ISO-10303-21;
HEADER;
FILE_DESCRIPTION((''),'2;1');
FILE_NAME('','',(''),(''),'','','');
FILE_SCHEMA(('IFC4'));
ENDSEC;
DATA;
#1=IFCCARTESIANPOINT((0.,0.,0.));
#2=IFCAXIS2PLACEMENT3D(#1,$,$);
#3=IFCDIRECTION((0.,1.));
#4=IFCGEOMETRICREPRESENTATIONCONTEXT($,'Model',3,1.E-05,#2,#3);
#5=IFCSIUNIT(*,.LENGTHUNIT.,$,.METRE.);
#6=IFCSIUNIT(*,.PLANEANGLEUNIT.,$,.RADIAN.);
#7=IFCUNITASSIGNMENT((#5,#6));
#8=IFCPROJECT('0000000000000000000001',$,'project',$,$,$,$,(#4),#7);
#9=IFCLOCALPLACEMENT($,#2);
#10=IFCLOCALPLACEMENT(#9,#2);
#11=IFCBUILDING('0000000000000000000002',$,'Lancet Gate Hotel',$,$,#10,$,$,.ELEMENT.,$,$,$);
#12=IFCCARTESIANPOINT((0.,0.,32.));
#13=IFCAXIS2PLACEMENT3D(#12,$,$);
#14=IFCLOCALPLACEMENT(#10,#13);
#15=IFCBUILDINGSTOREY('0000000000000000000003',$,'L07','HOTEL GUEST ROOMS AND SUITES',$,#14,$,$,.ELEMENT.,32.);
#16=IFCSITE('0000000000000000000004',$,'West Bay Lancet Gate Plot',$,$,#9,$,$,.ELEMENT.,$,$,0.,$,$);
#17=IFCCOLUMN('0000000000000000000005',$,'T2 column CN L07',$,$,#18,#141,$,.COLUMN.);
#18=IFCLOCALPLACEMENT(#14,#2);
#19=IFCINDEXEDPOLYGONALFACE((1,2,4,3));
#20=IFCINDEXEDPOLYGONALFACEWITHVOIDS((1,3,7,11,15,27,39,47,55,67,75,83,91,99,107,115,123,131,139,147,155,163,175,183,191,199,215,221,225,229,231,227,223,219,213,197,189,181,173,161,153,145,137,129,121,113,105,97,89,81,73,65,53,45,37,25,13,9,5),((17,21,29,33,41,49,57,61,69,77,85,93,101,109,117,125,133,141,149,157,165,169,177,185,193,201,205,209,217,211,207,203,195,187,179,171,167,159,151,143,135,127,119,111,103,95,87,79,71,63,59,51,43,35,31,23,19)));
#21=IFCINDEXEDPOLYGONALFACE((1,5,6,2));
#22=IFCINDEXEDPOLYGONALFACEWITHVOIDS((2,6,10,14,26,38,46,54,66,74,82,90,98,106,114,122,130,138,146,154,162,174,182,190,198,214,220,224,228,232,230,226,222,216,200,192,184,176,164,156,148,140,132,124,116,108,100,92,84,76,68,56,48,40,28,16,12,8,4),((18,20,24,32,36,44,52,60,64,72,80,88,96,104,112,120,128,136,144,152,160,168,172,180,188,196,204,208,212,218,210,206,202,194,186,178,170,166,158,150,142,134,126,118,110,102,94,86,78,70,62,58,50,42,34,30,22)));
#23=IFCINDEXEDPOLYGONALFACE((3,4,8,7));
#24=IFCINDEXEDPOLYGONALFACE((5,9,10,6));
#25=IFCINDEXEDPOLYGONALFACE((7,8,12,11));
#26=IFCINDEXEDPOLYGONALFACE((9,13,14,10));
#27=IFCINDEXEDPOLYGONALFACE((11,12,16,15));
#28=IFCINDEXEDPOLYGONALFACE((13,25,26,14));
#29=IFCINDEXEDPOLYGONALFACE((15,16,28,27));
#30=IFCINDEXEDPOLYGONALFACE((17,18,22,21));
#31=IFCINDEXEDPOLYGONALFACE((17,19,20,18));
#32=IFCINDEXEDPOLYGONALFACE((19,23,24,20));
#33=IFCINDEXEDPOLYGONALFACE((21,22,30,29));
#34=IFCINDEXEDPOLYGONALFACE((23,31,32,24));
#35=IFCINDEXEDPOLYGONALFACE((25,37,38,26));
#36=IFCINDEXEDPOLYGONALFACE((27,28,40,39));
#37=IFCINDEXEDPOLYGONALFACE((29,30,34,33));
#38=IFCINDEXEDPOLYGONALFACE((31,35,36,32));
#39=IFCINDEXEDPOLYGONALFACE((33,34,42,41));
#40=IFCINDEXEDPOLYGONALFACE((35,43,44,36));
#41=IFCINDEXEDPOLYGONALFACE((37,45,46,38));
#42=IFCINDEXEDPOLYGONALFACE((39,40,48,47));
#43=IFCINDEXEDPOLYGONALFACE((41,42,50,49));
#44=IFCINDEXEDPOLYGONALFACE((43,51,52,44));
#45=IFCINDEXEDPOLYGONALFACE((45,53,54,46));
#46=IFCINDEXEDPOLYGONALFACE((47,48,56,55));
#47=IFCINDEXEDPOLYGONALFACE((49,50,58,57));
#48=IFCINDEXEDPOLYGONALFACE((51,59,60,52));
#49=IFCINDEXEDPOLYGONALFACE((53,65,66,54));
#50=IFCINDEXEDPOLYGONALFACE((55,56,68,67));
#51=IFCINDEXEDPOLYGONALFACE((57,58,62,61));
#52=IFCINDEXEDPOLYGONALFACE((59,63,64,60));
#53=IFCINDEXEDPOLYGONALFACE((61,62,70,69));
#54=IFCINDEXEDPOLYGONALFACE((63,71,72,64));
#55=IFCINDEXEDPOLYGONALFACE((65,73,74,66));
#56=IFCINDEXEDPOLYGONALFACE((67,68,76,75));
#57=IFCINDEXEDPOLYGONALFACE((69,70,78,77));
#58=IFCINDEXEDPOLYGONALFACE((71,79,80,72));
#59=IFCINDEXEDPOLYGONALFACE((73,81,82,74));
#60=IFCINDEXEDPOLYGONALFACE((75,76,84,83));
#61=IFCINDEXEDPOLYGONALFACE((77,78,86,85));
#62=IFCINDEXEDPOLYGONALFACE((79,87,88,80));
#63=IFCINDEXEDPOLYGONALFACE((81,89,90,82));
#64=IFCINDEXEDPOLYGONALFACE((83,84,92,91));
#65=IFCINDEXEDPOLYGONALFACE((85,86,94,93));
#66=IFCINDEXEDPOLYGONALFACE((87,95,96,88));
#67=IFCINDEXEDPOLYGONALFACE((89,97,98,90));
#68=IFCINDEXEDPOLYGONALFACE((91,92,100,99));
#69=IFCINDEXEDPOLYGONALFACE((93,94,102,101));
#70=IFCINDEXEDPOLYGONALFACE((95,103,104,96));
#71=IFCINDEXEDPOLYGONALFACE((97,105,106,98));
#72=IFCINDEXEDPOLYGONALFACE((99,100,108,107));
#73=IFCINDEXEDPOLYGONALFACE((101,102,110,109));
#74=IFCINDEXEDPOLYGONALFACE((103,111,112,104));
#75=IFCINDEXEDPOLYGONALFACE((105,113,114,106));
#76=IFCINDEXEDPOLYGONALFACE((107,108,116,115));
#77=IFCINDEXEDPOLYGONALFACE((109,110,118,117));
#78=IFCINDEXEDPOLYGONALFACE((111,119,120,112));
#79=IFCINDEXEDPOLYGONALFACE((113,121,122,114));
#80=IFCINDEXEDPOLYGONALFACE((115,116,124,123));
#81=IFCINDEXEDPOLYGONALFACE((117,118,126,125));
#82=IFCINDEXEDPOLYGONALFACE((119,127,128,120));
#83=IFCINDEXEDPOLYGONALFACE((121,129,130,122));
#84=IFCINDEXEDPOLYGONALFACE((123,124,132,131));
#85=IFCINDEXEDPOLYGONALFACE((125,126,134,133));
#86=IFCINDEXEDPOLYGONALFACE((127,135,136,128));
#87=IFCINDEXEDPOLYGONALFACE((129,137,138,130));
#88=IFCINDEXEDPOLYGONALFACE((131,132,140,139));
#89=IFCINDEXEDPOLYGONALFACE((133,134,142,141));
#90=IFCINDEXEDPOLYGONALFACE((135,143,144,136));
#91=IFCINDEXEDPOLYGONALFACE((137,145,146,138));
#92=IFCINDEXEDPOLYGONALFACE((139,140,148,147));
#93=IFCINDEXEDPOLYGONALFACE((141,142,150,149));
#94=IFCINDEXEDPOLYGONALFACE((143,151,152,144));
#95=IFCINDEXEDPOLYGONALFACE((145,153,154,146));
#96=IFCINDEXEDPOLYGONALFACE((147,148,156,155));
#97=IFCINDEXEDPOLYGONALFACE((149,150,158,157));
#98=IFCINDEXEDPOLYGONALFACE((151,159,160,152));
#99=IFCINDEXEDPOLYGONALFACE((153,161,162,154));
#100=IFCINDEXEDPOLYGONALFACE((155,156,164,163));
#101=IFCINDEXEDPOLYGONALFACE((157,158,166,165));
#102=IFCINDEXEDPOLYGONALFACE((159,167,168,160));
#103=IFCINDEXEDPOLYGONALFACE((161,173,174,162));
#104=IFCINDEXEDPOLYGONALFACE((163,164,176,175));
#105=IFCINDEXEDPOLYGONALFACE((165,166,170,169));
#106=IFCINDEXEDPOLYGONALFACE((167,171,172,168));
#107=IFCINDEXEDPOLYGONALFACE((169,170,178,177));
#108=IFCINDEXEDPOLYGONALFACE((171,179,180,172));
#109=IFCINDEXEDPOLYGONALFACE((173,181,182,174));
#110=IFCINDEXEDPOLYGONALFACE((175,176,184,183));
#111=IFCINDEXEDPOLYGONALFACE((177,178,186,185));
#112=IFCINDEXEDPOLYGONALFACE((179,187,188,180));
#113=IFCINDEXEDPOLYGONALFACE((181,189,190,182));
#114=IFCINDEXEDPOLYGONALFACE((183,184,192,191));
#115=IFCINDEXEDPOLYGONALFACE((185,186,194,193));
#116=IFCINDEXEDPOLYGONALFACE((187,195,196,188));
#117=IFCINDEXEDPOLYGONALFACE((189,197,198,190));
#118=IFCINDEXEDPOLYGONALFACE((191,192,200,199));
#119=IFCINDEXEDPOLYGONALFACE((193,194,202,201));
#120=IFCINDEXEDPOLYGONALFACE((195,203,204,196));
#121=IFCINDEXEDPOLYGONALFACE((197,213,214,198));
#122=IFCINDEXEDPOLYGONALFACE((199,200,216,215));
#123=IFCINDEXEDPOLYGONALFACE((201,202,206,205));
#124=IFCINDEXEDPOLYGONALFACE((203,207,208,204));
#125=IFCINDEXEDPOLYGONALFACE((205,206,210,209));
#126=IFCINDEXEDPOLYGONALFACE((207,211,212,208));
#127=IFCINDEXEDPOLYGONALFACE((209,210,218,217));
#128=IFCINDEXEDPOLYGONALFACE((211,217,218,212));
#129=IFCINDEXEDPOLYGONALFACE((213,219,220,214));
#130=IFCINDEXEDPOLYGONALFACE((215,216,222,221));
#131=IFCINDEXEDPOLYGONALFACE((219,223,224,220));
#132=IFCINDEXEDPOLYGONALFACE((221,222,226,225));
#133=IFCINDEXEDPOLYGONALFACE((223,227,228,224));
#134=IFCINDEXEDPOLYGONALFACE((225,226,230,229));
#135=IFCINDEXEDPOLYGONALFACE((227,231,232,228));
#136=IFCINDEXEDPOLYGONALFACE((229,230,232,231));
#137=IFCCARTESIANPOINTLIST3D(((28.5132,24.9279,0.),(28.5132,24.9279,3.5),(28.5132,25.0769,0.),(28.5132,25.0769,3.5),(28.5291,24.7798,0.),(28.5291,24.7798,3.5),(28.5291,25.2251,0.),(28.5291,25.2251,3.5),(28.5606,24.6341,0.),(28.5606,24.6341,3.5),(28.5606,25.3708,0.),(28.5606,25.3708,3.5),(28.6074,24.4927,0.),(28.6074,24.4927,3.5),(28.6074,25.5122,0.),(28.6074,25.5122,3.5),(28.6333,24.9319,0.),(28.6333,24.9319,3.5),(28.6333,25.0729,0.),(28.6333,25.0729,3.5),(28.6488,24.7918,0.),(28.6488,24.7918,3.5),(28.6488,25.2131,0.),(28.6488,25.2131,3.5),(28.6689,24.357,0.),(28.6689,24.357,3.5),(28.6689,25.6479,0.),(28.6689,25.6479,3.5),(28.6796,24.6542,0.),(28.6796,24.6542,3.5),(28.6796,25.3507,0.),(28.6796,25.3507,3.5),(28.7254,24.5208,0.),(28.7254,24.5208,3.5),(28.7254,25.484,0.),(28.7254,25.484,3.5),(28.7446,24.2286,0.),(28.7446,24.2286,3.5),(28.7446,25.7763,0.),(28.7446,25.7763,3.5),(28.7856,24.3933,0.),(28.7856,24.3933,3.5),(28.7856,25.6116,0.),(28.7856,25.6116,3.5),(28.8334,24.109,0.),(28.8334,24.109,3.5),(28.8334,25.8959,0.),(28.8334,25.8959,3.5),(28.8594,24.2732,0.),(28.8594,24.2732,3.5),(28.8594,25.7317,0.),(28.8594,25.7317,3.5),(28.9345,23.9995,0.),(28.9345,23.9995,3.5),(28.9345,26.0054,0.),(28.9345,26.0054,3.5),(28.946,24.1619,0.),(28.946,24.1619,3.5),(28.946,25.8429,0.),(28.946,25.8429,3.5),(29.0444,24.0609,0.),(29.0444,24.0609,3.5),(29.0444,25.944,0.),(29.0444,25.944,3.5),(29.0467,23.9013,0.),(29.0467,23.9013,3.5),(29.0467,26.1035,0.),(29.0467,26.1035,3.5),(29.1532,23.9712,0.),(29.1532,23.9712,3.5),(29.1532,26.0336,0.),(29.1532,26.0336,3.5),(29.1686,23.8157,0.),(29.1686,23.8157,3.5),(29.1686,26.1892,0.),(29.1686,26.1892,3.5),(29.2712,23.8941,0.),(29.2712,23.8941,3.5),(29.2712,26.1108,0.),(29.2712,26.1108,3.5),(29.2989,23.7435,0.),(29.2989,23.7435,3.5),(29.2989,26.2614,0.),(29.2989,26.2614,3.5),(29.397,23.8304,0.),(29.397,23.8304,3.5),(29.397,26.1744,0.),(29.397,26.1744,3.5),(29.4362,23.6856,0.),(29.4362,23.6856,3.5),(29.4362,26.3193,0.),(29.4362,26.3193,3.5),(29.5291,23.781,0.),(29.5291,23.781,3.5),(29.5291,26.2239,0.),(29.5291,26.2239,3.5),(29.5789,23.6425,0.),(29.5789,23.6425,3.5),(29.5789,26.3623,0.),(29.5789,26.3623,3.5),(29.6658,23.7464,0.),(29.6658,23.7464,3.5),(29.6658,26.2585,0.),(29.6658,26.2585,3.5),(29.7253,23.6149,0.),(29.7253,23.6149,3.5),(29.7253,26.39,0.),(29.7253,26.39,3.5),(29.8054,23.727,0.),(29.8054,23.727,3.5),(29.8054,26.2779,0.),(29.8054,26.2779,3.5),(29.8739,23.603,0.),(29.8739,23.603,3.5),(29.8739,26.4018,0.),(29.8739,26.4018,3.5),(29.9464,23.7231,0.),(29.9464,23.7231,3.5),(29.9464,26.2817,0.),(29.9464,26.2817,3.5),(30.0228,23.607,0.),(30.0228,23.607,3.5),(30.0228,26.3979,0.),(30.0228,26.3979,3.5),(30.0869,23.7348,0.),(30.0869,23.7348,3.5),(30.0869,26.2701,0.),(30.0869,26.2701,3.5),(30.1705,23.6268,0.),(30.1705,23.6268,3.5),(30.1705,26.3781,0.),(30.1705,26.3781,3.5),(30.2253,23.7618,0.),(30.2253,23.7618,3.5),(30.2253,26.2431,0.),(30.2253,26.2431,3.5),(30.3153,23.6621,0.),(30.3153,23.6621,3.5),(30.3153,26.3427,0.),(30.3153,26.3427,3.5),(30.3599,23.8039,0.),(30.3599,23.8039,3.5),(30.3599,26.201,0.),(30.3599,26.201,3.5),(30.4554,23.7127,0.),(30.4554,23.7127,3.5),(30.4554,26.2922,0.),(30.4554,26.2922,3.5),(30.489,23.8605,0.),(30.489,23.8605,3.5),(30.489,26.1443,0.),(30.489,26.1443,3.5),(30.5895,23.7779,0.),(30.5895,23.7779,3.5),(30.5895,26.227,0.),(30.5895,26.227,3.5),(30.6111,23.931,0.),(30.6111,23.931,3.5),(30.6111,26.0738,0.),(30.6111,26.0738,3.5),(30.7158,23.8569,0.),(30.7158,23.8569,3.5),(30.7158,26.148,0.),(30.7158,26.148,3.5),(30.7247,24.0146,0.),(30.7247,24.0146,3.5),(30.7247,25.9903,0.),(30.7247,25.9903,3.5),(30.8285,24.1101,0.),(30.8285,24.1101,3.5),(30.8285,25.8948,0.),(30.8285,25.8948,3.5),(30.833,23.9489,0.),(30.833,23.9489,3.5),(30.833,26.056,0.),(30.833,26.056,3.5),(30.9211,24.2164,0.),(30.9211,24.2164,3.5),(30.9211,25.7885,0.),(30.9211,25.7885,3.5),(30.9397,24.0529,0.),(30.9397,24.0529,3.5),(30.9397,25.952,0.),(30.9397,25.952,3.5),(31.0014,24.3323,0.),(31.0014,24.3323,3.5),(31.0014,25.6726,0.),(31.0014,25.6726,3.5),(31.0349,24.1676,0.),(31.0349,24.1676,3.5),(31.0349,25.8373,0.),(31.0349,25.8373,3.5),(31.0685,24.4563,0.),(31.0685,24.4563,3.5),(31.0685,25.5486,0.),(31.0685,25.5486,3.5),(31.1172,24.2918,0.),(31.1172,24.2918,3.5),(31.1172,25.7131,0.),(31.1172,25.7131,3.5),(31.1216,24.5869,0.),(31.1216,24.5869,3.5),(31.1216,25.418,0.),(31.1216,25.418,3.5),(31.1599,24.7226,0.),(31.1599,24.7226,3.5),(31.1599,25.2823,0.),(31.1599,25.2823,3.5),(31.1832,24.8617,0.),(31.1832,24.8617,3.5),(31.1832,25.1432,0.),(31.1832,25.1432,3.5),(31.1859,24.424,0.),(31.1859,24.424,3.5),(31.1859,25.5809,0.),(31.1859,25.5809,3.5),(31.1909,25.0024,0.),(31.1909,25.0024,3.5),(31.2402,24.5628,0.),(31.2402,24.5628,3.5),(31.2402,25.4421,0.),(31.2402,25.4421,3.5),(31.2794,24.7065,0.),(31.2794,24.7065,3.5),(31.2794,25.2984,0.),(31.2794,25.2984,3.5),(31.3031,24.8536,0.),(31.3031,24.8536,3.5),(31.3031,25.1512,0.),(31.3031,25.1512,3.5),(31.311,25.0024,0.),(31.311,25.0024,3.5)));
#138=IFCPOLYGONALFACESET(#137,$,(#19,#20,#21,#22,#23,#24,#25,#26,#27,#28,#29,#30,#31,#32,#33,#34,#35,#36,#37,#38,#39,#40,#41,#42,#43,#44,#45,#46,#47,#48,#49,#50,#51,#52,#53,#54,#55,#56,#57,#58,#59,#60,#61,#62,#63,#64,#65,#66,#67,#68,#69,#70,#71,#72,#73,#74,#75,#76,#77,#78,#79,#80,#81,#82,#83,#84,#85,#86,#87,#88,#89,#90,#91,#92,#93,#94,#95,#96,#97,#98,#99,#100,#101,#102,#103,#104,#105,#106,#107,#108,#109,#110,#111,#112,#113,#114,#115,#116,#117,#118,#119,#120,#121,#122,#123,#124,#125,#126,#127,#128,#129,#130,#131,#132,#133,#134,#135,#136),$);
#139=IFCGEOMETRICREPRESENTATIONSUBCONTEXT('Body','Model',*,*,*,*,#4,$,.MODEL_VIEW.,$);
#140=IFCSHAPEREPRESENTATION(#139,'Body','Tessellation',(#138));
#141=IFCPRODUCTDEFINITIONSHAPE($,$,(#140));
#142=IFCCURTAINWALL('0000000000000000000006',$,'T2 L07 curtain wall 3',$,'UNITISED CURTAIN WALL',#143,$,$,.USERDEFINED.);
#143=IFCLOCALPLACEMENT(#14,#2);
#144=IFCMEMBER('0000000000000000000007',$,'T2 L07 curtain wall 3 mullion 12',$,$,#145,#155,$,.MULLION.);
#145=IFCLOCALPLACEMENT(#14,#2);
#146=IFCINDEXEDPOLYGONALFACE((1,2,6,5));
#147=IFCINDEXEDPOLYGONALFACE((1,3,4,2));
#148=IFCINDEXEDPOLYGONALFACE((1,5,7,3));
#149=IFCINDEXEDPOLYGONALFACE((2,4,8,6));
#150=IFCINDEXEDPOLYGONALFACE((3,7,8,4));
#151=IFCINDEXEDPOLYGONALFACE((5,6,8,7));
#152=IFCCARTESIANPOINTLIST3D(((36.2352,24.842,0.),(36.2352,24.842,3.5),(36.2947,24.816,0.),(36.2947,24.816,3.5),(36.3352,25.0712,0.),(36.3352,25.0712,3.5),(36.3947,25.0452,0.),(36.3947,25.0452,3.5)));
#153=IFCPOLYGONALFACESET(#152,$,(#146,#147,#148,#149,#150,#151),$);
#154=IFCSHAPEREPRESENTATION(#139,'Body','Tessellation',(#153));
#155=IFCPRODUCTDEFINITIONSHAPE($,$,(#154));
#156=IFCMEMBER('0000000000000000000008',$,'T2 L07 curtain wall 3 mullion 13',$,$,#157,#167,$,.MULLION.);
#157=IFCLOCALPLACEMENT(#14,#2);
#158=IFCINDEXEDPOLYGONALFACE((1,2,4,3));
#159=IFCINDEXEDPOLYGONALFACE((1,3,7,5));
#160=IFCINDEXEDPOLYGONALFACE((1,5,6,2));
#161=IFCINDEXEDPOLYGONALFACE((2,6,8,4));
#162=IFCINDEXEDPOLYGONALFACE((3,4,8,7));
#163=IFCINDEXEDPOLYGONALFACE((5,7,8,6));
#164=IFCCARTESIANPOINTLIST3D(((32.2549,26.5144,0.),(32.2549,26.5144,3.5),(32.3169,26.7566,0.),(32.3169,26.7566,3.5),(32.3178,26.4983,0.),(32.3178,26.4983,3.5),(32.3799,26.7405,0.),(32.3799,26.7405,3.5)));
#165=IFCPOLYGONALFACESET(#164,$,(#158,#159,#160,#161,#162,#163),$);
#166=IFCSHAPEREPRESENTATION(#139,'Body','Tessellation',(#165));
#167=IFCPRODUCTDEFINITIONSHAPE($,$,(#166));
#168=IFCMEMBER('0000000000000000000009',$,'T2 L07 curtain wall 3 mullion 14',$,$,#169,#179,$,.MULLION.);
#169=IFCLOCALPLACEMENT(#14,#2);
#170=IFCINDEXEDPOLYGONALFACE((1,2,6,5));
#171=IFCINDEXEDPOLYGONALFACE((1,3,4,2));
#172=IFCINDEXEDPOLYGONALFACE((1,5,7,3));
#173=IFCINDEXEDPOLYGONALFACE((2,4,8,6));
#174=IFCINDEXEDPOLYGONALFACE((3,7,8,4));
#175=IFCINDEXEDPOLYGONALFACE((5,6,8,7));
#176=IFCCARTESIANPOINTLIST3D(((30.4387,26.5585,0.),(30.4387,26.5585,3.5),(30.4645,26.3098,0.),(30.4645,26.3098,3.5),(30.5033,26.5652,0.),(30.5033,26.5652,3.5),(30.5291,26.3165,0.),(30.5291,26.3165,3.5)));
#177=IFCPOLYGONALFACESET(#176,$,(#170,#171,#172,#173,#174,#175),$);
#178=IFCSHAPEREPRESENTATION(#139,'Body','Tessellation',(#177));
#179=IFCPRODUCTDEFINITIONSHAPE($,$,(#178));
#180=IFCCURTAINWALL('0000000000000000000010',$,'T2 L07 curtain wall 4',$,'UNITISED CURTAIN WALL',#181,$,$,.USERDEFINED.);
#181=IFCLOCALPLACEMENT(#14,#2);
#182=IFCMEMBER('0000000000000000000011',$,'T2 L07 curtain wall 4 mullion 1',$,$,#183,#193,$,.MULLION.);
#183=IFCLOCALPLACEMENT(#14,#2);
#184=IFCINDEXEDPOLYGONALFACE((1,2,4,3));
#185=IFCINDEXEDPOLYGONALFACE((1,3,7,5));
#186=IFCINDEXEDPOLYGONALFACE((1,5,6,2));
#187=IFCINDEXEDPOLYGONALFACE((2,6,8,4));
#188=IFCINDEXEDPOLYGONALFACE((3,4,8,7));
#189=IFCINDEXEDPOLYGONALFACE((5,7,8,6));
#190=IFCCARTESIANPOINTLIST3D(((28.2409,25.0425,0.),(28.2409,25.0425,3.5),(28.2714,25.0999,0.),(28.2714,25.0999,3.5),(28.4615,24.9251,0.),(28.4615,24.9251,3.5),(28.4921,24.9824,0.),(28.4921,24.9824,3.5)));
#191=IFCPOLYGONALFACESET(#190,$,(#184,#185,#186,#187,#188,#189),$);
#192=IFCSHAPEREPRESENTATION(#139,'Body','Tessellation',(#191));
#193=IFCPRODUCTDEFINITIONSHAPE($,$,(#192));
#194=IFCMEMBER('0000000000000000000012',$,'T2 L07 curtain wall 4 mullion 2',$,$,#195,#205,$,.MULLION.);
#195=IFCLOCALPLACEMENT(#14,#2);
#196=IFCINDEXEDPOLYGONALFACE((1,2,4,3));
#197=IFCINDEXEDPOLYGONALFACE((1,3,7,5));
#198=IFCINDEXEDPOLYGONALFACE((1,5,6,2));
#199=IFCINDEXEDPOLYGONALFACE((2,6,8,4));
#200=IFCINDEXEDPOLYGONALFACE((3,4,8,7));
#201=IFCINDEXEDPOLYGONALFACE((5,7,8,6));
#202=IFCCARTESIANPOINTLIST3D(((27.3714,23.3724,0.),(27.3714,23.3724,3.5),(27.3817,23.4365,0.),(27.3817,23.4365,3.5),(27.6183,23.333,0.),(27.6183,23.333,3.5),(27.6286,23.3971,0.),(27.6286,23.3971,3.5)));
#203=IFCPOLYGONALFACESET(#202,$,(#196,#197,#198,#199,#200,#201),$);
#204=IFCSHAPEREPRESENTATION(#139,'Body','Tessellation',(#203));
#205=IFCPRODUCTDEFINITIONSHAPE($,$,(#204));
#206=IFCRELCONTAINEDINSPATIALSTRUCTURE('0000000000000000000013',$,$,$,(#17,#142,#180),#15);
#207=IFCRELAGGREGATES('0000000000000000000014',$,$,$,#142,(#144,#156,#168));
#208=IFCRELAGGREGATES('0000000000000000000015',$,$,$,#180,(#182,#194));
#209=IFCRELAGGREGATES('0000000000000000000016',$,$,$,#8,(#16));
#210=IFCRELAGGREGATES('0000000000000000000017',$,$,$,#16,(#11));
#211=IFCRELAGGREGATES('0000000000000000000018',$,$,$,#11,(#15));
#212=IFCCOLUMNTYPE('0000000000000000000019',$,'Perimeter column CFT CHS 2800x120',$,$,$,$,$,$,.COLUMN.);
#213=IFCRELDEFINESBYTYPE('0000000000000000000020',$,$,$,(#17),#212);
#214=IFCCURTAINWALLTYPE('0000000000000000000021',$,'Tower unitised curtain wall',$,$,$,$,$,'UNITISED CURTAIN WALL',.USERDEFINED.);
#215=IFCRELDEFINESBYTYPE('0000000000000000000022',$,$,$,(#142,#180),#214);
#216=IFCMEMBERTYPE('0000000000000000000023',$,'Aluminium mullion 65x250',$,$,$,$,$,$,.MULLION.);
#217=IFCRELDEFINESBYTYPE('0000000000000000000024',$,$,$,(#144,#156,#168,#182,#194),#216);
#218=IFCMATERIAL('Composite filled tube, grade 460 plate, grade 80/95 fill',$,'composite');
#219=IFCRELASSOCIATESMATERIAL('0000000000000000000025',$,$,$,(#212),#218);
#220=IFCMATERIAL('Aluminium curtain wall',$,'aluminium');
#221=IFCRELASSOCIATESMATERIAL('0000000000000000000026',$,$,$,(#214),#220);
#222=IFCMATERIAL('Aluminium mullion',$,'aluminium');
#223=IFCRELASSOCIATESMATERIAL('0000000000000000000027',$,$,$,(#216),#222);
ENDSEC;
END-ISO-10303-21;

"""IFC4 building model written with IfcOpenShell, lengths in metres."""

from ifc_helpers import new_model, si_unit, direction, frame, origin, origin_2d, place, context, subcontext, project, spatial, rectangle, hollow_circle, extrude, material, material_profile, profile_set, type_object, element, aggregate, save


model = new_model("IFC4")

# Units and contexts
model_context = context("Model", 3, precision=1e-05, world=origin(), true_north=direction((0.0, 1.0)))
body_context = subcontext(model_context, "Body", "Model", "MODEL_VIEW")
ifc_project = project(units=[si_unit("LENGTHUNIT", "METRE"), si_unit("PLANEANGLEUNIT", "RADIAN")], contexts=[model_context])

# Site, building, storey
site_placement = place(None, origin())
site = spatial("IfcSite", under=ifc_project, at=site_placement, Name="West Bay Lancet Gate Plot", CompositionType="ELEMENT", RefElevation=0.0)
building_placement = place(site_placement, origin())
building = spatial("IfcBuilding", under=site, at=building_placement, Name="Lancet Gate Hotel", CompositionType="ELEMENT")
storey_placement = place(building_placement, frame((0.0, 0.0, 32.0)))
storey = spatial("IfcBuildingStorey", under=building, at=storey_placement, Name="L07", Description="HOTEL GUEST ROOMS AND SUITES", CompositionType="ELEMENT", Elevation=32.0)

# Column
ifc_material_1 = material(Name="Composite filled tube, grade 460 plate, grade 80/95 fill", Category="composite")
ifc_material_profile_1 = material_profile(ifc_material_1, hollow_circle(Radius=1.3999, WallThickness=0.1201, at=origin_2d()), Name="CHS 2800x120")
ifc_profile_set_1 = profile_set([ifc_material_profile_1], Name="Composite filled tube, grade 460 plate, grade 80/95 fill")
column_type = type_object("IfcColumnType", Name="Perimeter column CFT CHS 2800x120", PredefinedType="COLUMN", material=ifc_profile_set_1)
column_placement = place(storey_placement, frame((29.9111, 25.0024, 0.0), z_axis=(0.0, 0.0, 1.0), x_axis=(1.0, 0.0, 0.0)))
element("IfcColumn", 1, at=column_placement, inside=storey, type_object=column_type, Name="T2 column CN L07", PredefinedType="COLUMN", context=body_context, shape_type="SweptSolid", body=[
    extrude(hollow_circle(Radius=1.3999, WallThickness=0.1201, at=origin_2d()), origin(), (0.0, 0.0, 1.0), 3.5),
])

# Curtain walls, members
ifc_material_2 = material(Name="Aluminium curtain wall", Category="aluminium")
curtain_wall_type = type_object("IfcCurtainWallType", Name="Tower unitised curtain wall", ElementType="UNITISED CURTAIN WALL", PredefinedType="USERDEFINED", material=ifc_material_2)
curtain_wall_1_placement = place(storey_placement, origin())
curtain_wall_1 = element("IfcCurtainWall", 2, at=curtain_wall_1_placement, inside=storey, type_object=curtain_wall_type, Name="T2 L07 curtain wall 3", ObjectType="UNITISED CURTAIN WALL", PredefinedType="USERDEFINED")
ifc_material_3 = material(Name="Aluminium mullion", Category="aluminium")
ifc_material_profile_2 = material_profile(ifc_material_3, rectangle(XDim=0.0649, YDim=0.25, at=origin_2d()), Name="MULLION 65x250")
ifc_profile_set_2 = profile_set([ifc_material_profile_2], Name="Aluminium mullion")
member_type_1 = type_object("IfcMemberType", Name="Aluminium mullion 65x250", PredefinedType="MULLION", material=ifc_profile_set_2)
member_1_placement = place(storey_placement, frame((36.3149, 24.9436, 0.0), z_axis=(0.0, 0.0, 1.0), x_axis=(-0.916579, 0.399854, 0.0)))
member_1 = element("IfcMember", 3, at=member_1_placement, type_object=member_type_1, Name="T2 L07 curtain wall 3 mullion 12", PredefinedType="MULLION", context=body_context, shape_type="SweptSolid", body=[
    extrude(rectangle(XDim=0.0649, YDim=0.25, at=origin_2d()), origin(), (0.0, 0.0, 1.0), 3.5),
])
member_2_placement = place(storey_placement, frame((32.3174, 26.6274, 0.0), z_axis=(0.0, 0.0, 1.0), x_axis=(-0.968721, 0.24815, 0.0)))
member_2 = element("IfcMember", 4, at=member_2_placement, type_object=member_type_1, Name="T2 L07 curtain wall 3 mullion 13", PredefinedType="MULLION", context=body_context, shape_type="SweptSolid", body=[
    extrude(rectangle(XDim=0.0649, YDim=0.25, at=origin_2d()), origin(), (0.0, 0.0, 1.0), 3.5),
])
member_3_placement = place(storey_placement, frame((30.4839, 26.4375, 0.0), z_axis=(0.0, 0.0, 1.0), x_axis=(-0.994672, -0.103088, 0.0)))
member_3 = element("IfcMember", 5, at=member_3_placement, type_object=member_type_1, Name="T2 L07 curtain wall 3 mullion 14", PredefinedType="MULLION", context=body_context, shape_type="SweptSolid", body=[
    extrude(rectangle(XDim=0.0649, YDim=0.25, at=origin_2d()), origin(), (0.0, 0.0, 1.0), 3.5),
])
curtain_wall_2_placement = place(storey_placement, origin())
curtain_wall_2 = element("IfcCurtainWall", 6, at=curtain_wall_2_placement, inside=storey, type_object=curtain_wall_type, Name="T2 L07 curtain wall 4", ObjectType="UNITISED CURTAIN WALL", PredefinedType="USERDEFINED")
member_4_placement = place(storey_placement, frame((28.3665, 25.0125, 0.0), z_axis=(0.0, 0.0, 1.0), x_axis=(-0.469898, -0.882721, 0.0)))
member_4 = element("IfcMember", 7, at=member_4_placement, type_object=member_type_1, Name="T2 L07 curtain wall 4 mullion 1", PredefinedType="MULLION", context=body_context, shape_type="SweptSolid", body=[
    extrude(rectangle(XDim=0.0649, YDim=0.25, at=origin_2d()), origin(), (0.0, 0.0, 1.0), 3.5),
])
member_5_placement = place(storey_placement, frame((27.5, 23.3848, 0.0), z_axis=(0.0, 0.0, 1.0), x_axis=(-0.157752, -0.987479, 0.0)))
member_5 = element("IfcMember", 8, at=member_5_placement, type_object=member_type_1, Name="T2 L07 curtain wall 4 mullion 2", PredefinedType="MULLION", context=body_context, shape_type="SweptSolid", body=[
    extrude(rectangle(XDim=0.0649, YDim=0.25, at=origin_2d()), origin(), (0.0, 0.0, 1.0), 3.5),
])

aggregate(curtain_wall_1, [member_1, member_2, member_3])
aggregate(curtain_wall_2, [member_4, member_5])

save(model, "model.ifc")
